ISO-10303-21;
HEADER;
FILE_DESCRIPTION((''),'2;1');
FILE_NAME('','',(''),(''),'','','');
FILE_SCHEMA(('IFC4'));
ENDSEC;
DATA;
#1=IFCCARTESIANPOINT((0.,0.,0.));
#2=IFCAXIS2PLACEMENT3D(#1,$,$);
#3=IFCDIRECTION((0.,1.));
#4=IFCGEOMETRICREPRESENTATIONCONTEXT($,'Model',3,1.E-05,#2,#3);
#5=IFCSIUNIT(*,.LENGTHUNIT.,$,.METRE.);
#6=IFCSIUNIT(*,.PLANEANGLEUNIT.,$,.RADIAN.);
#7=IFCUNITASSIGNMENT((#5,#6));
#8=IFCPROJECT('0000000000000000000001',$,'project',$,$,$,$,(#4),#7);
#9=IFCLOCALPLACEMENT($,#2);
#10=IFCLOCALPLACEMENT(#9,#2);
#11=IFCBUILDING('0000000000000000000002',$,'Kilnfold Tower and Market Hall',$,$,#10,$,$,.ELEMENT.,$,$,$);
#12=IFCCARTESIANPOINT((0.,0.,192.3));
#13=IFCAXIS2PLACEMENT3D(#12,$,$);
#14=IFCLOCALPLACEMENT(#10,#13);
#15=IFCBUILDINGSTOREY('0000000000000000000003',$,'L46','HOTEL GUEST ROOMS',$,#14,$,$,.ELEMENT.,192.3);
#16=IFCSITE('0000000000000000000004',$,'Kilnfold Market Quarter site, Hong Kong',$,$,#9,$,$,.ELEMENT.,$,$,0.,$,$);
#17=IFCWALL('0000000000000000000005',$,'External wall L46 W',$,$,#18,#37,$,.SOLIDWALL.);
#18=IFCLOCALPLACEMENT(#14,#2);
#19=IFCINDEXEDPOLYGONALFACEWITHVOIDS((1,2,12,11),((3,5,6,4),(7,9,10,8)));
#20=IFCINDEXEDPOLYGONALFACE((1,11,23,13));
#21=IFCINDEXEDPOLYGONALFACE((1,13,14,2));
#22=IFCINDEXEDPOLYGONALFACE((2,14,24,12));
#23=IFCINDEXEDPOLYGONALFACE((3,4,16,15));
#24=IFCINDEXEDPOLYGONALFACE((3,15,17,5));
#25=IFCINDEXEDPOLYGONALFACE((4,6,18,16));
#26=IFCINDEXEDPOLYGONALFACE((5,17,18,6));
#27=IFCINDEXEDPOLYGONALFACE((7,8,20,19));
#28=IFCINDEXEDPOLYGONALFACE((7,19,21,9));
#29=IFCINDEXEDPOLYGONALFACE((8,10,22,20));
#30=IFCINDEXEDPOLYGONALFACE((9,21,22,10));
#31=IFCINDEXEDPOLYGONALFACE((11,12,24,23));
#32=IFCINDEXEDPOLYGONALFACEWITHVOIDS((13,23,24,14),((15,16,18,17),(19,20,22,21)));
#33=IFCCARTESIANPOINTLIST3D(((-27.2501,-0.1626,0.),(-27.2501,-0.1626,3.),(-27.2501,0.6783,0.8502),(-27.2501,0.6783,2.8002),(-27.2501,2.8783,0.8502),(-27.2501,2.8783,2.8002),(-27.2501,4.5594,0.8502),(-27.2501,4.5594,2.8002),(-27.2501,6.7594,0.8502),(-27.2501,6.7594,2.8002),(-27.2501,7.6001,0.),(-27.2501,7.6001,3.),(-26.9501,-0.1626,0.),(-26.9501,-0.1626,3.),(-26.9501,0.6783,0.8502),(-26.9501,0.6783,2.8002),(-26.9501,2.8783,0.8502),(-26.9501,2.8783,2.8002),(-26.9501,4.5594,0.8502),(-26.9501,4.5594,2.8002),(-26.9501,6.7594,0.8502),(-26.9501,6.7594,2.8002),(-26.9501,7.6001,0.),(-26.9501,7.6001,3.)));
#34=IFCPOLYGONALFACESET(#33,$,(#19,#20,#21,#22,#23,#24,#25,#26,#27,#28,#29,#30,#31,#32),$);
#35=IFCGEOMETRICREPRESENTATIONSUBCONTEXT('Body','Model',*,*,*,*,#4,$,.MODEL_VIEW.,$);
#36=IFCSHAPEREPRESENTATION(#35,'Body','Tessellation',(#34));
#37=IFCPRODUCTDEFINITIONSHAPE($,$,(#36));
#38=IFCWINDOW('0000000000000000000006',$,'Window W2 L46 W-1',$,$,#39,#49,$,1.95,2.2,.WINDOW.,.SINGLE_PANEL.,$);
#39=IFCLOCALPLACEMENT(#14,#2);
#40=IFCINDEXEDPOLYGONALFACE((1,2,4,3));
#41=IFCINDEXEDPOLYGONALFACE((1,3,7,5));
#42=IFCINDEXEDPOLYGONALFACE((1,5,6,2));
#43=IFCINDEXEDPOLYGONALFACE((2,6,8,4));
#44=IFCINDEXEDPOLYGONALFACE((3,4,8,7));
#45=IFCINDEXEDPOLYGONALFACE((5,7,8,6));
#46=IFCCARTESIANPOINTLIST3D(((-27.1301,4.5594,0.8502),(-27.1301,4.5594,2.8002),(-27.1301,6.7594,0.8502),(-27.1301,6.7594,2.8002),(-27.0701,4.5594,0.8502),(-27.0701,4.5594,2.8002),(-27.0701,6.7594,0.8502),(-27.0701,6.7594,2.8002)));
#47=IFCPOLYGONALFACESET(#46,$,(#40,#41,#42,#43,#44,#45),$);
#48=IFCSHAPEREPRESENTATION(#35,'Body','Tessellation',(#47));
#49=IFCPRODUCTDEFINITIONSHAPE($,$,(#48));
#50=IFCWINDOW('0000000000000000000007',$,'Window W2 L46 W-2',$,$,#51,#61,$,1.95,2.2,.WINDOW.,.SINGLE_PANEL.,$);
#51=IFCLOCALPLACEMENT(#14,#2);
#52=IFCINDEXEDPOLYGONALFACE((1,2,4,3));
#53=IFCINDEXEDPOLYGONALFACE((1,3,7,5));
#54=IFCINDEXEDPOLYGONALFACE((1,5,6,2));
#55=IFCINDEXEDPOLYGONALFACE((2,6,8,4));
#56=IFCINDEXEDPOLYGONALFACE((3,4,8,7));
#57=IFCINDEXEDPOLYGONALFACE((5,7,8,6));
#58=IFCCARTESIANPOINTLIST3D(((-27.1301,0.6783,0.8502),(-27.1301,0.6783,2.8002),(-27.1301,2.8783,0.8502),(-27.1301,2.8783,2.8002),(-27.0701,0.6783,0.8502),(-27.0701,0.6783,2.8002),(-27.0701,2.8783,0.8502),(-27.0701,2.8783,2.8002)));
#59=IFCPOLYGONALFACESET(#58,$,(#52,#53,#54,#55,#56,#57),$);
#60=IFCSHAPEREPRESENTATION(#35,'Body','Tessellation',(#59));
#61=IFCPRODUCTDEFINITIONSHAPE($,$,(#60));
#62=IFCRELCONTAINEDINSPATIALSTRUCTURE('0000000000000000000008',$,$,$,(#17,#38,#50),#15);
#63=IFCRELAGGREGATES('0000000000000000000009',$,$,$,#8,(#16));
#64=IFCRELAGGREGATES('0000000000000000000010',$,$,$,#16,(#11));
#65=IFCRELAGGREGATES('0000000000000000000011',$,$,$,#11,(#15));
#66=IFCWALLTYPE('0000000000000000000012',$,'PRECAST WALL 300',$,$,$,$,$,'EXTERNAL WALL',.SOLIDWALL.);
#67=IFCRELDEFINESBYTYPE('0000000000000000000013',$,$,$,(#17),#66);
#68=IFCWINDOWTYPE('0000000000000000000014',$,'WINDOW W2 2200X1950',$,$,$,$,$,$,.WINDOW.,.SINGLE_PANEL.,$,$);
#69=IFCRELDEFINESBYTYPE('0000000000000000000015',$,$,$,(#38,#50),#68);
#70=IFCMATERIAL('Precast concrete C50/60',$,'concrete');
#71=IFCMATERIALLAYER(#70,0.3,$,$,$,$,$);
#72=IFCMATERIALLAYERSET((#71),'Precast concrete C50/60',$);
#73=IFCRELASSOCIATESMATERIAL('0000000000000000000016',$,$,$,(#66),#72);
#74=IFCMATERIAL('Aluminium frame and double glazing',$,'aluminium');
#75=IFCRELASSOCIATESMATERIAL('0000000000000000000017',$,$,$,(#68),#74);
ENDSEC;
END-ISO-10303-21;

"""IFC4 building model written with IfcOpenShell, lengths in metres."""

from ifc_helpers import new_model, si_unit, direction, frame, frame_2d, origin, place, context, subcontext, project, spatial, rectangle, extrude, source, transform, mapped, material, layer, layer_set, type_object, element, fill, save


model = new_model("IFC4")

# Units and contexts
model_context = context("Model", 3, precision=1e-05, world=origin(), true_north=direction((0.0, 1.0)))
body_context = subcontext(model_context, "Body", "Model", "MODEL_VIEW")
ifc_project = project(units=[si_unit("LENGTHUNIT", "METRE"), si_unit("PLANEANGLEUNIT", "RADIAN")], contexts=[model_context])

# Site, building, storey
site_placement = place(None, origin())
site = spatial("IfcSite", under=ifc_project, at=site_placement, Name="Kilnfold Market Quarter site, Hong Kong", CompositionType="ELEMENT", RefElevation=0.0)
building_placement = place(site_placement, origin())
building = spatial("IfcBuilding", under=site, at=building_placement, Name="Kilnfold Tower and Market Hall", CompositionType="ELEMENT")
storey_placement = place(building_placement, frame((0.0, 0.0, 192.3)))
storey = spatial("IfcBuildingStorey", under=building, at=storey_placement, Name="L46", Description="HOTEL GUEST ROOMS", CompositionType="ELEMENT", Elevation=192.3)

# Wall, openings, windows
ifc_material_1 = material(Name="Precast concrete C50/60", Category="concrete")
ifc_layer_1 = layer(ifc_material_1, 0.3)
ifc_layer_set_1 = layer_set([ifc_layer_1], Name="Precast concrete C50/60")
wall_type_1 = type_object("IfcWallType", Name="PRECAST WALL 300", ElementType="EXTERNAL WALL", PredefinedType="SOLIDWALL", material=ifc_layer_set_1)
shared_shape_1 = source(origin(), body_context, "Body", "SweptSolid", [
    extrude(rectangle(XDim=7.7627, YDim=0.3, at=frame_2d((3.8813, 0.0))), origin(), (0.0, 0.0, 1.0), 3.0),
])
wall_1_placement = place(storey_placement, frame((-27.1001, 7.6001, 0.0), z_axis=(0.0, 0.0, 1.0), x_axis=(0.0, -1.0, 0.0)))
wall_1 = element("IfcWall", 1, at=wall_1_placement, inside=storey, type_object=wall_type_1, Name="External wall L46 W", PredefinedType="SOLIDWALL", context=body_context, shape_type="MappedRepresentation", body=[
    mapped(shared_shape_1, transform((0.0, 0.0, 0.0))),
])
opening_1_placement = place(wall_1_placement, frame((0.8406, 0.0, 0.8501)))
opening_1 = element("IfcOpeningElement", 2, at=opening_1_placement, cuts=wall_1, PredefinedType="OPENING", context=body_context, shape_type="SweptSolid", body=[
    extrude(rectangle(XDim=2.2, YDim=1.95, at=frame_2d((1.1001, 0.9751))), frame((0.0, 0.1602, 0.0), z_axis=(0.0, -1.0, 0.0), x_axis=(1.0, 0.0, 0.0)), (0.0, 0.0, 1.0), 0.3201),
])
opening_2_placement = place(wall_1_placement, frame((4.7217, 0.0, 0.8501)))
opening_2 = element("IfcOpeningElement", 3, at=opening_2_placement, cuts=wall_1, PredefinedType="OPENING", context=body_context, shape_type="SweptSolid", body=[
    extrude(rectangle(XDim=2.2, YDim=1.95, at=frame_2d((1.1001, 0.9751))), frame((0.0, 0.1602, 0.0), z_axis=(0.0, -1.0, 0.0), x_axis=(1.0, 0.0, 0.0)), (0.0, 0.0, 1.0), 0.3201),
])
ifc_material_2 = material(Name="Aluminium frame and double glazing", Category="aluminium")
window_type = type_object("IfcWindowType", Name="WINDOW W2 2200X1950", PartitioningType="SINGLE_PANEL", PredefinedType="WINDOW", material=ifc_material_2)
window_1_placement = place(opening_1_placement, origin())
window_1 = element("IfcWindow", 4, at=window_1_placement, inside=storey, type_object=window_type, Name="Window W2 L46 W-1", OverallHeight=1.95, OverallWidth=2.2, PartitioningType="SINGLE_PANEL", PredefinedType="WINDOW", context=body_context, shape_type="SweptSolid", body=[
    extrude(rectangle(XDim=2.2, YDim=1.95, at=frame_2d((1.1001, 0.9751))), frame((0.0, 0.03, 0.0), z_axis=(0.0, -1.0, 0.0), x_axis=(1.0, 0.0, 0.0)), (0.0, 0.0, 1.0), 0.0601),
])
fill(opening_1, window_1)
window_2_placement = place(opening_2_placement, origin())
window_2 = element("IfcWindow", 5, at=window_2_placement, inside=storey, type_object=window_type, Name="Window W2 L46 W-2", OverallHeight=1.95, OverallWidth=2.2, PartitioningType="SINGLE_PANEL", PredefinedType="WINDOW", context=body_context, shape_type="SweptSolid", body=[
    extrude(rectangle(XDim=2.2, YDim=1.95, at=frame_2d((1.1001, 0.9751))), frame((0.0, 0.03, 0.0), z_axis=(0.0, -1.0, 0.0), x_axis=(1.0, 0.0, 0.0)), (0.0, 0.0, 1.0), 0.0601),
])
fill(opening_2, window_2)

save(model, "model.ifc")
